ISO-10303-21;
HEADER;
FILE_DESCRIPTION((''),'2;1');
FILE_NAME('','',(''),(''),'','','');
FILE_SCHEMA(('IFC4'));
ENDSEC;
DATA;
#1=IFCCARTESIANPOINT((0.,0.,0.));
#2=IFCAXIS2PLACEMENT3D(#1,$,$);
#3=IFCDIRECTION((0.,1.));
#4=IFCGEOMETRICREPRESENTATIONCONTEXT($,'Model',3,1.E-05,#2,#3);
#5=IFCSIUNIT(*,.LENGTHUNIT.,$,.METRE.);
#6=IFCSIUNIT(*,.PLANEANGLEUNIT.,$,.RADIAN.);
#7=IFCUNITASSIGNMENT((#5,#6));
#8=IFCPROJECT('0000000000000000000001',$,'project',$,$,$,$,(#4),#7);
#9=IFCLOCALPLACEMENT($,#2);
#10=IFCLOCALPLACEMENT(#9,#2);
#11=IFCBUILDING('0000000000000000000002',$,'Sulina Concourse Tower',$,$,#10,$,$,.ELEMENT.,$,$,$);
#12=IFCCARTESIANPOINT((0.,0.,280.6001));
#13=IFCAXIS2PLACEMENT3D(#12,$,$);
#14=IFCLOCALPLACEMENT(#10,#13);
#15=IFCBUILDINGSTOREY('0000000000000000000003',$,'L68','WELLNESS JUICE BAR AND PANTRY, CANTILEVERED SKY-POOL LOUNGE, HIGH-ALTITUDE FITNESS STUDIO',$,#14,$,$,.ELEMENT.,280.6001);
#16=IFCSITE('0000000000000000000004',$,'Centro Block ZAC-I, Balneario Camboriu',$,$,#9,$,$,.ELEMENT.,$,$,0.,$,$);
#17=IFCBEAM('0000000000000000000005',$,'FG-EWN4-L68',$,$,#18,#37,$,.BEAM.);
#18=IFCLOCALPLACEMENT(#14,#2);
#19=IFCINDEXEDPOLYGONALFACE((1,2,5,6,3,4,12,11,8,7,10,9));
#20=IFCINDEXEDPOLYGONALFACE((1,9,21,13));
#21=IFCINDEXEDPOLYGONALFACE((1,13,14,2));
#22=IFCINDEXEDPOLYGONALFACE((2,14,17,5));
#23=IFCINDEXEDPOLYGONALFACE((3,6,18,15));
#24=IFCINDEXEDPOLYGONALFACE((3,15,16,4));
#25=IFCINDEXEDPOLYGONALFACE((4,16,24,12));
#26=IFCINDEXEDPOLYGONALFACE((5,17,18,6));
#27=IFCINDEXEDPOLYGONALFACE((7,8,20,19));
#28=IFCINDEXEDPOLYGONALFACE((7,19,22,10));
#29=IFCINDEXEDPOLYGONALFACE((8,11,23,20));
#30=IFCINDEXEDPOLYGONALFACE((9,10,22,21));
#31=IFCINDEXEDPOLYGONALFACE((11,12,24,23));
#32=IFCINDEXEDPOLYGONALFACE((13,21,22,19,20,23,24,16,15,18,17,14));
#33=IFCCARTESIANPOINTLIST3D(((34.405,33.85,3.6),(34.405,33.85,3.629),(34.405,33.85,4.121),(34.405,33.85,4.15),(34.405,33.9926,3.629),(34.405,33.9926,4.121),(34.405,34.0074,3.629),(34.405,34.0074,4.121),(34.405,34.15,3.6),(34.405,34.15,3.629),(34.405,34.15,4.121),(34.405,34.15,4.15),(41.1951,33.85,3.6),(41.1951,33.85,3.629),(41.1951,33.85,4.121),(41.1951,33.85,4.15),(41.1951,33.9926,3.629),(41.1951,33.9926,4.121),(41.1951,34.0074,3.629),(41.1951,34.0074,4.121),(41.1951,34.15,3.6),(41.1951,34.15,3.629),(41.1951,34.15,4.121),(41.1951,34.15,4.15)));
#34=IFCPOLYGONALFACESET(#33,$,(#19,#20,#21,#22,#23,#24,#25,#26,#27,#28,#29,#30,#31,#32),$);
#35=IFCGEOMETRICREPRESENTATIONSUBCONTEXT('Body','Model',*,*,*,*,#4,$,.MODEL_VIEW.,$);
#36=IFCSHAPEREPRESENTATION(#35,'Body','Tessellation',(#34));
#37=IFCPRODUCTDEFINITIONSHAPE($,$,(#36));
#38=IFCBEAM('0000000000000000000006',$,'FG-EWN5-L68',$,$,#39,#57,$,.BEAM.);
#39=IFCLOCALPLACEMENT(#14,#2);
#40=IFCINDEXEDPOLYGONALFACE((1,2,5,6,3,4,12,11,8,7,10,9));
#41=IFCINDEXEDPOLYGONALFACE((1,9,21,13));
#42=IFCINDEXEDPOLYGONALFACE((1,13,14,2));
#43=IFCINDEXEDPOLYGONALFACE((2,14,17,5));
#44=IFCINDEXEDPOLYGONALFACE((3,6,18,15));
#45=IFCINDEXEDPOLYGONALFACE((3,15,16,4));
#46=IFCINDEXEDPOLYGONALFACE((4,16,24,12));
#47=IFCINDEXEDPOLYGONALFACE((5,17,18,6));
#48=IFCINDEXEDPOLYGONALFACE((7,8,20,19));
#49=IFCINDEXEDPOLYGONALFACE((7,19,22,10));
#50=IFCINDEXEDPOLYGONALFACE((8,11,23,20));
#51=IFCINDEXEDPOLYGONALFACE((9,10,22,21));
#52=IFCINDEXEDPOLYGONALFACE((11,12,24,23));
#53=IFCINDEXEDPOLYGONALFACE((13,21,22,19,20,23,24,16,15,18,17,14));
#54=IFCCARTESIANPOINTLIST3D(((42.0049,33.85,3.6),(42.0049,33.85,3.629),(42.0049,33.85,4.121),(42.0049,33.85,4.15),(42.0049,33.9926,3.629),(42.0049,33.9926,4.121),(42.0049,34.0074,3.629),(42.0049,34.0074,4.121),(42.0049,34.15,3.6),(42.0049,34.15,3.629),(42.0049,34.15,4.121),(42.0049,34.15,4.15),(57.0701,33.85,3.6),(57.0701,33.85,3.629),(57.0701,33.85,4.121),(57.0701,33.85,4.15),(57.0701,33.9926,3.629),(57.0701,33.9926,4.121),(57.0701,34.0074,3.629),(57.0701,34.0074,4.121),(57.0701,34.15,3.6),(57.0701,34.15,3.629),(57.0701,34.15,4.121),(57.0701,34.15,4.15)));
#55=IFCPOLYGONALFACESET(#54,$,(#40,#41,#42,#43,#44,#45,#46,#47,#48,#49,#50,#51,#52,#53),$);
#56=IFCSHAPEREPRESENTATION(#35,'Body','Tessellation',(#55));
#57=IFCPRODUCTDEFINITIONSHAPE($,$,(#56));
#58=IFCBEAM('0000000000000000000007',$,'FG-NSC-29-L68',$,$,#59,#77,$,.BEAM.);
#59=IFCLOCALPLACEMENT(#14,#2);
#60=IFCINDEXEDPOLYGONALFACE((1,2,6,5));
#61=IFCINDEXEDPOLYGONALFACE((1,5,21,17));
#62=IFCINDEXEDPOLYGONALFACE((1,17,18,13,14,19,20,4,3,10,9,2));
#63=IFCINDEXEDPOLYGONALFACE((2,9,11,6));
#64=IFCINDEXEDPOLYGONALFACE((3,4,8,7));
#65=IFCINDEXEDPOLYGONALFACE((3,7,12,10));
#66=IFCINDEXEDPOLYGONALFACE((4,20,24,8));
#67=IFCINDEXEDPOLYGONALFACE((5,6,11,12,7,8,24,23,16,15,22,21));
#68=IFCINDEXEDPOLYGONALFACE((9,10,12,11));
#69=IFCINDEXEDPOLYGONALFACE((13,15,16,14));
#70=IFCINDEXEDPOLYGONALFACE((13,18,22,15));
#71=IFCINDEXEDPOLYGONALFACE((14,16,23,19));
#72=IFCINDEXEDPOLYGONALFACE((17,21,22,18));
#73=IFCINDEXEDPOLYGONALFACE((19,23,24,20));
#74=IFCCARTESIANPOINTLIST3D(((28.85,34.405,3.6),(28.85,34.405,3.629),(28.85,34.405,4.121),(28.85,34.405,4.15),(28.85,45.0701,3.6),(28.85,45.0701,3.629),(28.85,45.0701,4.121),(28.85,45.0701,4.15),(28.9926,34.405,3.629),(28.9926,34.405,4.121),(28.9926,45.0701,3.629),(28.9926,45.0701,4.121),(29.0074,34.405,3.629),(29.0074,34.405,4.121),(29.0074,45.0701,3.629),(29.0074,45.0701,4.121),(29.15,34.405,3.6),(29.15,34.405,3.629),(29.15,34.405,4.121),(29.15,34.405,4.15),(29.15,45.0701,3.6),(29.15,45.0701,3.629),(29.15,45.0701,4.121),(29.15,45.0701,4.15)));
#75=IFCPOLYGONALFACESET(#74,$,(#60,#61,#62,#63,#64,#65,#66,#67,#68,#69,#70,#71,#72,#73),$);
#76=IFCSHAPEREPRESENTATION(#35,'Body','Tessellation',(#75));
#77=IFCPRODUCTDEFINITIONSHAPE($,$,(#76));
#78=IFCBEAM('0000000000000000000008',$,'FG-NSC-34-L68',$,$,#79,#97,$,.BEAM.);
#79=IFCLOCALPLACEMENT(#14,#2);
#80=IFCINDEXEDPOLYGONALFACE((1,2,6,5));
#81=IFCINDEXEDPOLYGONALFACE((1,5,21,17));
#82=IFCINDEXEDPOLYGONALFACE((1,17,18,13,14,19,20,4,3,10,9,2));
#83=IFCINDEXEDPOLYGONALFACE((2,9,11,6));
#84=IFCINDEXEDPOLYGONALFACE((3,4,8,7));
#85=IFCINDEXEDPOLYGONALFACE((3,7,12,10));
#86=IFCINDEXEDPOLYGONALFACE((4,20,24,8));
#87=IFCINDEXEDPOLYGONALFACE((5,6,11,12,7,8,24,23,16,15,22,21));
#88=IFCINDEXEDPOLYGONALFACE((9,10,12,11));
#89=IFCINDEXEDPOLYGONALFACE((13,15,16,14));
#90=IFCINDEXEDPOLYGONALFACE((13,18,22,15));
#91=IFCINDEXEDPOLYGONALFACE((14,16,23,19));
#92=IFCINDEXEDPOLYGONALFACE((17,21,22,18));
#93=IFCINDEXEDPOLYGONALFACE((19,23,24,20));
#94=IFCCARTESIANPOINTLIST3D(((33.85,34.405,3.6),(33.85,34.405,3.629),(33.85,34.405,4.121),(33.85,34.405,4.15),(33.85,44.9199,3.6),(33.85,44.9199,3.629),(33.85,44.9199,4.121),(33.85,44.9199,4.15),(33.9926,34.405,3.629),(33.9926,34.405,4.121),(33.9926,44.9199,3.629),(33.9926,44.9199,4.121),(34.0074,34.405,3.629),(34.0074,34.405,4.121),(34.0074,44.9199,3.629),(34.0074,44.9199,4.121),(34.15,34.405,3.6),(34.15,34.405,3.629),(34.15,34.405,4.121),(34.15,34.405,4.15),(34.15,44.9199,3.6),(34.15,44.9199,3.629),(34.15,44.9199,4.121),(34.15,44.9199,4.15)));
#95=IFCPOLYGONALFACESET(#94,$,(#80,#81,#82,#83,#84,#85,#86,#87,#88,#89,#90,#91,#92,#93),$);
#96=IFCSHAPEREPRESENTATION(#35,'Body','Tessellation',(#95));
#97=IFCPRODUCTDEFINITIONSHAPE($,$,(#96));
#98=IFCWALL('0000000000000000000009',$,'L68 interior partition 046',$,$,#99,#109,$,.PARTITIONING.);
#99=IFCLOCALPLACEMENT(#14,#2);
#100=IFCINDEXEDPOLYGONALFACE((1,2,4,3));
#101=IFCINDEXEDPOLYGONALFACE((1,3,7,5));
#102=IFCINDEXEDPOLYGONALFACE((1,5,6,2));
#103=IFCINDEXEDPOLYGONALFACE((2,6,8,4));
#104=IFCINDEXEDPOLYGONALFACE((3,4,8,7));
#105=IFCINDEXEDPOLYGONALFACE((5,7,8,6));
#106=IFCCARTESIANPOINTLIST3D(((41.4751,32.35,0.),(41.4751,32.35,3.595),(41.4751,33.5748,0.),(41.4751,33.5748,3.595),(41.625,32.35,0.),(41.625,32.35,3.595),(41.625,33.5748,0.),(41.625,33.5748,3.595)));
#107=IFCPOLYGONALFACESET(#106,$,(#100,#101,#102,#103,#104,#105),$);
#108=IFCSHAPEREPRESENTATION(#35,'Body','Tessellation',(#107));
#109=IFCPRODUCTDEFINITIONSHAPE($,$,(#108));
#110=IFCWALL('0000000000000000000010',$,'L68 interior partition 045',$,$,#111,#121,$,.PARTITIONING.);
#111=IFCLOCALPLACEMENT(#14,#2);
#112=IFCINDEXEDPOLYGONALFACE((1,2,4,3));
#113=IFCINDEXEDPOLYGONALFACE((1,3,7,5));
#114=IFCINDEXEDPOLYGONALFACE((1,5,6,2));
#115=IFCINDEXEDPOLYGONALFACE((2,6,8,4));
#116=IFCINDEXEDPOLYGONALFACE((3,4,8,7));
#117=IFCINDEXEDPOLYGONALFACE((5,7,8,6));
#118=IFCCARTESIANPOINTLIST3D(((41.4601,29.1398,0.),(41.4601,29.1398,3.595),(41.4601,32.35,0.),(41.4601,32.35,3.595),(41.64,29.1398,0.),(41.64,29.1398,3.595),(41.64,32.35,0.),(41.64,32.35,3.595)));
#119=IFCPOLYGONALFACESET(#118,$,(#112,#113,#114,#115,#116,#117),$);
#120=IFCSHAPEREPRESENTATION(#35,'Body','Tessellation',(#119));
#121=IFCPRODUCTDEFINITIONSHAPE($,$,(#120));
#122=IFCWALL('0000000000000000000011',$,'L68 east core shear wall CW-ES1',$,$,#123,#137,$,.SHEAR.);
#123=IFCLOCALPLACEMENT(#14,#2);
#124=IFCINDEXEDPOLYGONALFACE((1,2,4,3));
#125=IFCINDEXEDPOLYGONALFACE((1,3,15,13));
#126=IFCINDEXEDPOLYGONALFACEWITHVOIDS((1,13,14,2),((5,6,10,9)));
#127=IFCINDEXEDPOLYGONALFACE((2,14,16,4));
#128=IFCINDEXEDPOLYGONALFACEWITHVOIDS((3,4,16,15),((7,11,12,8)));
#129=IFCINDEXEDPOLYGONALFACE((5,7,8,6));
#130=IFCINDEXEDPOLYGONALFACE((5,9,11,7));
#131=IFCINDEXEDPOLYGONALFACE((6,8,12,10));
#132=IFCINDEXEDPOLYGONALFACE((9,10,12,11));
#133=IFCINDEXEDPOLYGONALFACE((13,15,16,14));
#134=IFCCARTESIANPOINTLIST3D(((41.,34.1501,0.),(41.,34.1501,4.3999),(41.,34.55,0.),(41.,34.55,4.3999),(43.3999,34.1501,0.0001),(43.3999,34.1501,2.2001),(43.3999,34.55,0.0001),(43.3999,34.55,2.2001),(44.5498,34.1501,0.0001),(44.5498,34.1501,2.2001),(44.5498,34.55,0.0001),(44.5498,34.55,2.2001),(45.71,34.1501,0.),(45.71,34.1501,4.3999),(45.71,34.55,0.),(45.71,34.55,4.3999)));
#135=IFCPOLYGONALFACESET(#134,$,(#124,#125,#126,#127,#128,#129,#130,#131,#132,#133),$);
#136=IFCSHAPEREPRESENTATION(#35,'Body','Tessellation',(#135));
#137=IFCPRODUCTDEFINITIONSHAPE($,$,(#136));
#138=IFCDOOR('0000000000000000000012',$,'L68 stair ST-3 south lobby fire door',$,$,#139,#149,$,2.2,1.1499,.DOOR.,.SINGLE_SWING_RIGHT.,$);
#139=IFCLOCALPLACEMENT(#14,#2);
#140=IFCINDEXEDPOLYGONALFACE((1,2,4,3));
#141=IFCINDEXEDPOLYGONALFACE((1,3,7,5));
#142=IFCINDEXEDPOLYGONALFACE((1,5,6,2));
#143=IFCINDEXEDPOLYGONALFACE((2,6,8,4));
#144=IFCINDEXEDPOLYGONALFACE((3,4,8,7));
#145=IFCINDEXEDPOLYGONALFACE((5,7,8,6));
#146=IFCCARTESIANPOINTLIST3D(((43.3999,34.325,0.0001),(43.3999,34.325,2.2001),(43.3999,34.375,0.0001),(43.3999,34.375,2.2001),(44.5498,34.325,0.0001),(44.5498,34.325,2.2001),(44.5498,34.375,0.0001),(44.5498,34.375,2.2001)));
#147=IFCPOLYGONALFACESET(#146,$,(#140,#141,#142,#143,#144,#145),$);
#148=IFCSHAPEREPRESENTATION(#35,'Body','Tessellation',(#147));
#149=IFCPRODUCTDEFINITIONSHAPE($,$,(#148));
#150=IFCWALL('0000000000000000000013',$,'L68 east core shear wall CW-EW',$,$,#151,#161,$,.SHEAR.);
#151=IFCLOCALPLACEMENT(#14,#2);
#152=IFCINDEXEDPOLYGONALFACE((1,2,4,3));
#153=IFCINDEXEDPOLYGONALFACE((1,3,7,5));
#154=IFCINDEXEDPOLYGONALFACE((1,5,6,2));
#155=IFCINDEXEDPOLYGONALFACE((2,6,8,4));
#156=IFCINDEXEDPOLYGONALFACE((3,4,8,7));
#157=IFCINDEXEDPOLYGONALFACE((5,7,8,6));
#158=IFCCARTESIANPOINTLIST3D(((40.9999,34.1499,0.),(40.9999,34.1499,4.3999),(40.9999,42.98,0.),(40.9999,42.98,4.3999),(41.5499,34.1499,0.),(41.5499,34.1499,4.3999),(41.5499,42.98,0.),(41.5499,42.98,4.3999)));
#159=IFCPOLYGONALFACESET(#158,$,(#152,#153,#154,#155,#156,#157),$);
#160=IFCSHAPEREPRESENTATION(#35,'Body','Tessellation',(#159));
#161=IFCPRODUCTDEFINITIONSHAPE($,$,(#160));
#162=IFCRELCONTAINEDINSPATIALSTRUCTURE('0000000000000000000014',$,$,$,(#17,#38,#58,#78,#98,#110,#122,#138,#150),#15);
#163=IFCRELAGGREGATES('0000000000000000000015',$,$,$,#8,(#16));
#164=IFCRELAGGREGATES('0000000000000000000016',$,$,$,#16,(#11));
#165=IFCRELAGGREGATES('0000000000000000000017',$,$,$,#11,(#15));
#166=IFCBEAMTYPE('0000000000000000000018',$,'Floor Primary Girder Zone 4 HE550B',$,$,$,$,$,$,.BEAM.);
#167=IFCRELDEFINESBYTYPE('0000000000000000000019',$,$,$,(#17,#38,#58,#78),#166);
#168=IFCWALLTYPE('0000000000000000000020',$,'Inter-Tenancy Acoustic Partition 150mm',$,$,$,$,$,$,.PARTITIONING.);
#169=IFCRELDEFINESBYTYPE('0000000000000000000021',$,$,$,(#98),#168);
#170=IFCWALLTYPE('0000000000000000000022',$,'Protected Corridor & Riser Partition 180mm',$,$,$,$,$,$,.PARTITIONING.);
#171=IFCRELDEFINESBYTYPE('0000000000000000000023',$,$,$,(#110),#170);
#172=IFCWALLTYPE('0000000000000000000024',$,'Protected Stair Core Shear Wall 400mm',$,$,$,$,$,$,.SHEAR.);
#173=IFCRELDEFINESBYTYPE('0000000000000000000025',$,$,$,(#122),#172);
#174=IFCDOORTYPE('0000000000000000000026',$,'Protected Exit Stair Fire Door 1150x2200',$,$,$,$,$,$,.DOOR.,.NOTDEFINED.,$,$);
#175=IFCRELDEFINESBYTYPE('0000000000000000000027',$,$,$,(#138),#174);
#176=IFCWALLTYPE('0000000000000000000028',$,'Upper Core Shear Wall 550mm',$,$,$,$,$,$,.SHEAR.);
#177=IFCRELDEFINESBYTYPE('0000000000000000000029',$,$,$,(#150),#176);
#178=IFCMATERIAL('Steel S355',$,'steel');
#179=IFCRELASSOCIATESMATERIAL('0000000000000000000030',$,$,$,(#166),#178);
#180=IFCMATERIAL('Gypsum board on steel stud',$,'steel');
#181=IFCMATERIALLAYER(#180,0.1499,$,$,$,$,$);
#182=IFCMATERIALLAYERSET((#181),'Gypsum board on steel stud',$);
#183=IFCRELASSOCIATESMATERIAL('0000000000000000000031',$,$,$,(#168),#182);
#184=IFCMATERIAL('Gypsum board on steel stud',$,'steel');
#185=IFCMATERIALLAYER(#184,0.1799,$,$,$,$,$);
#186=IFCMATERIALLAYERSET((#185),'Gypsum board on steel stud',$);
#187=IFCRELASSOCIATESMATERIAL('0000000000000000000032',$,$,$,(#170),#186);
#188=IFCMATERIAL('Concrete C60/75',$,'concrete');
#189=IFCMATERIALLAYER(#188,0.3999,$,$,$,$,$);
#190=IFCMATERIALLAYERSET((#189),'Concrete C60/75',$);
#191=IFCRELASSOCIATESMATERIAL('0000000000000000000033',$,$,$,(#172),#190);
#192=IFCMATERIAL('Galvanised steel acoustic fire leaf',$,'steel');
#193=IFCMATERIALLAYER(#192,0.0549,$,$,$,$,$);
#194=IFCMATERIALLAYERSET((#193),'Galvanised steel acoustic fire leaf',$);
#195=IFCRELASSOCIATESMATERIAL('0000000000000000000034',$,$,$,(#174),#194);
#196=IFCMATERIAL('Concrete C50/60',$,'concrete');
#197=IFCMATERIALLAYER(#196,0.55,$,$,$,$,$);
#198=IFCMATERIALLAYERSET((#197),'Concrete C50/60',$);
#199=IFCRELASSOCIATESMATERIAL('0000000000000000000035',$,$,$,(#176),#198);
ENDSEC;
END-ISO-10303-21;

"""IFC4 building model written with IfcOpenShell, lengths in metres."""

from ifc_helpers import new_model, si_unit, direction, frame, frame_2d, origin, origin_2d, place, context, subcontext, project, spatial, rectangle, i_section, extrude, material, layer, layer_set, material_profile, profile_set, type_object, element, fill, save


model = new_model("IFC4")

# Units and contexts
model_context = context("Model", 3, precision=1e-05, world=origin(), true_north=direction((0.0, 1.0)))
body_context = subcontext(model_context, "Body", "Model", "MODEL_VIEW")
ifc_project = project(units=[si_unit("LENGTHUNIT", "METRE"), si_unit("PLANEANGLEUNIT", "RADIAN")], contexts=[model_context])

# Site, building, storey
site_placement = place(None, origin())
site = spatial("IfcSite", under=ifc_project, at=site_placement, Name="Centro Block ZAC-I, Balneario Camboriu", CompositionType="ELEMENT", RefElevation=0.0)
building_placement = place(site_placement, origin())
building = spatial("IfcBuilding", under=site, at=building_placement, Name="Sulina Concourse Tower", CompositionType="ELEMENT")
storey_placement = place(building_placement, frame((0.0, 0.0, 280.6001)))
storey = spatial("IfcBuildingStorey", under=building, at=storey_placement, Name="L68", Description="WELLNESS JUICE BAR AND PANTRY, CANTILEVERED SKY-POOL LOUNGE, HIGH-ALTITUDE FITNESS STUDIO", CompositionType="ELEMENT", Elevation=280.6001)

# Beams
ifc_material_1 = material(Name="Steel S355", Category="steel")
ifc_material_profile_1 = material_profile(ifc_material_1, i_section(OverallWidth=0.3, OverallDepth=0.55, WebThickness=0.0149, FlangeThickness=0.0291, at=origin_2d()), Name="HE 550 B")
ifc_profile_set_1 = profile_set([ifc_material_profile_1], Name="Steel S355")
beam_type_1 = type_object("IfcBeamType", Name="Floor Primary Girder Zone 4 HE550B", PredefinedType="BEAM", material=ifc_profile_set_1)
beam_1_placement = place(storey_placement, frame((34.405, 34.0, 3.875), z_axis=(1.0, 0.0, 0.0), x_axis=(0.0, 1.0, 0.0)))
element("IfcBeam", 1, at=beam_1_placement, inside=storey, type_object=beam_type_1, Name="FG-EWN4-L68", PredefinedType="BEAM", context=body_context, shape_type="SweptSolid", body=[
    extrude(i_section(OverallWidth=0.3, OverallDepth=0.55, WebThickness=0.0149, FlangeThickness=0.0291, at=origin_2d()), origin(), (0.0, 0.0, 1.0), 6.79),
])
beam_2_placement = place(storey_placement, frame((42.0049, 34.0, 3.875), z_axis=(1.0, 0.0, 0.0), x_axis=(0.0, 1.0, 0.0)))
element("IfcBeam", 2, at=beam_2_placement, inside=storey, type_object=beam_type_1, Name="FG-EWN5-L68", PredefinedType="BEAM", context=body_context, shape_type="SweptSolid", body=[
    extrude(i_section(OverallWidth=0.3, OverallDepth=0.55, WebThickness=0.0149, FlangeThickness=0.0291, at=origin_2d()), origin(), (0.0, 0.0, 1.0), 15.0652),
])
beam_3_placement = place(storey_placement, frame((29.0, 34.405, 3.875), z_axis=(0.0, 1.0, 0.0), x_axis=(-1.0, 0.0, 0.0)))
element("IfcBeam", 3, at=beam_3_placement, inside=storey, type_object=beam_type_1, Name="FG-NSC-29-L68", PredefinedType="BEAM", context=body_context, shape_type="SweptSolid", body=[
    extrude(i_section(OverallWidth=0.3, OverallDepth=0.55, WebThickness=0.0149, FlangeThickness=0.0291, at=origin_2d()), origin(), (0.0, 0.0, 1.0), 10.665),
])
beam_4_placement = place(storey_placement, frame((34.0, 34.405, 3.875), z_axis=(0.0, 1.0, 0.0), x_axis=(-1.0, 0.0, 0.0)))
element("IfcBeam", 4, at=beam_4_placement, inside=storey, type_object=beam_type_1, Name="FG-NSC-34-L68", PredefinedType="BEAM", context=body_context, shape_type="SweptSolid", body=[
    extrude(i_section(OverallWidth=0.3, OverallDepth=0.55, WebThickness=0.0149, FlangeThickness=0.0291, at=origin_2d()), origin(), (0.0, 0.0, 1.0), 10.5149),
])

# Walls
ifc_material_2 = material(Name="Gypsum board on steel stud", Category="steel")
ifc_layer_1 = layer(ifc_material_2, 0.1499)
ifc_layer_set_1 = layer_set([ifc_layer_1], Name="Gypsum board on steel stud")
wall_type_1 = type_object("IfcWallType", Name="Inter-Tenancy Acoustic Partition 150mm", PredefinedType="PARTITIONING", material=ifc_layer_set_1)
wall_1_placement = place(storey_placement, frame((41.55, 32.3501, 0.0), z_axis=(0.0, 0.0, 1.0), x_axis=(0.0, 1.0, 0.0)))
element("IfcWall", 5, at=wall_1_placement, inside=storey, type_object=wall_type_1, Name="L68 interior partition 046", PredefinedType="PARTITIONING", context=body_context, shape_type="SweptSolid", body=[
    extrude(rectangle(XDim=1.2249, YDim=0.1499, at=frame_2d((0.6123, 0.0))), origin(), (0.0, 0.0, 1.0), 3.595),
])
ifc_material_3 = material(Name="Gypsum board on steel stud", Category="steel")
ifc_layer_2 = layer(ifc_material_3, 0.1799)
ifc_layer_set_2 = layer_set([ifc_layer_2], Name="Gypsum board on steel stud")
wall_type_2 = type_object("IfcWallType", Name="Protected Corridor & Riser Partition 180mm", PredefinedType="PARTITIONING", material=ifc_layer_set_2)
wall_2_placement = place(storey_placement, frame((41.55, 29.1399, 0.0), z_axis=(0.0, 0.0, 1.0), x_axis=(0.0, 1.0, 0.0)))
element("IfcWall", 6, at=wall_2_placement, inside=storey, type_object=wall_type_2, Name="L68 interior partition 045", PredefinedType="PARTITIONING", context=body_context, shape_type="SweptSolid", body=[
    extrude(rectangle(XDim=3.2102, YDim=0.1799, at=frame_2d((1.605, 0.0))), origin(), (0.0, 0.0, 1.0), 3.595),
])

# Wall, opening, door
ifc_material_4 = material(Name="Concrete C60/75", Category="concrete")
ifc_layer_3 = layer(ifc_material_4, 0.3999)
ifc_layer_set_3 = layer_set([ifc_layer_3], Name="Concrete C60/75")
wall_type_3 = type_object("IfcWallType", Name="Protected Stair Core Shear Wall 400mm", PredefinedType="SHEAR", material=ifc_layer_set_3)
wall_3_placement = place(storey_placement, frame((41.0, 34.3501, 0.0), z_axis=(0.0, 0.0, 1.0), x_axis=(1.0, 0.0, 0.0)))
wall_3 = element("IfcWall", 7, at=wall_3_placement, inside=storey, type_object=wall_type_3, Name="L68 east core shear wall CW-ES1", PredefinedType="SHEAR", context=body_context, shape_type="SweptSolid", body=[
    extrude(rectangle(XDim=4.71, YDim=0.3999, at=frame_2d((2.355, 0.0))), origin(), (0.0, 0.0, 1.0), 4.3999),
])
opening_1_placement = place(wall_3_placement, frame((2.3999, 0.0, 0.0)))
opening_1 = element("IfcOpeningElement", 8, at=opening_1_placement, cuts=wall_3, PredefinedType="OPENING", context=body_context, shape_type="SweptSolid", body=[
    extrude(rectangle(XDim=1.1499, YDim=2.2, at=frame_2d((0.575, 1.1001))), frame((0.0, 0.21, 0.0), z_axis=(0.0, -1.0, 0.0), x_axis=(1.0, 0.0, 0.0)), (0.0, 0.0, 1.0), 0.4199),
])
ifc_material_5 = material(Name="Galvanised steel acoustic fire leaf", Category="steel")
ifc_layer_4 = layer(ifc_material_5, 0.0549)
ifc_layer_set_4 = layer_set([ifc_layer_4], Name="Galvanised steel acoustic fire leaf")
door_type_1 = type_object("IfcDoorType", Name="Protected Exit Stair Fire Door 1150x2200", OperationType="NOTDEFINED", PredefinedType="DOOR", material=ifc_layer_set_4)
door_1_placement = place(opening_1_placement, origin())
door_1 = element("IfcDoor", 9, at=door_1_placement, inside=storey, type_object=door_type_1, Name="L68 stair ST-3 south lobby fire door", OperationType="SINGLE_SWING_RIGHT", OverallHeight=2.2, OverallWidth=1.1499, PredefinedType="DOOR", context=body_context, shape_type="SweptSolid", body=[
    extrude(rectangle(XDim=1.1499, YDim=2.2, at=frame_2d((0.575, 1.1001))), frame((0.0, 0.0249, 0.0), z_axis=(0.0, -1.0, 0.0), x_axis=(1.0, 0.0, 0.0)), (0.0, 0.0, 1.0), 0.05),
])
fill(opening_1, door_1)

# Wall
ifc_material_6 = material(Name="Concrete C50/60", Category="concrete")
ifc_layer_5 = layer(ifc_material_6, 0.55)
ifc_layer_set_5 = layer_set([ifc_layer_5], Name="Concrete C50/60")
wall_type_4 = type_object("IfcWallType", Name="Upper Core Shear Wall 550mm", PredefinedType="SHEAR", material=ifc_layer_set_5)
wall_4_placement = place(storey_placement, frame((41.2749, 34.1499, 0.0), z_axis=(0.0, 0.0, 1.0), x_axis=(0.0, 1.0, 0.0)))
element("IfcWall", 10, at=wall_4_placement, inside=storey, type_object=wall_type_4, Name="L68 east core shear wall CW-EW", PredefinedType="SHEAR", context=body_context, shape_type="SweptSolid", body=[
    extrude(rectangle(XDim=8.8301, YDim=0.55, at=frame_2d((4.415, 0.0))), origin(), (0.0, 0.0, 1.0), 4.3999),
])

save(model, "model.ifc")
